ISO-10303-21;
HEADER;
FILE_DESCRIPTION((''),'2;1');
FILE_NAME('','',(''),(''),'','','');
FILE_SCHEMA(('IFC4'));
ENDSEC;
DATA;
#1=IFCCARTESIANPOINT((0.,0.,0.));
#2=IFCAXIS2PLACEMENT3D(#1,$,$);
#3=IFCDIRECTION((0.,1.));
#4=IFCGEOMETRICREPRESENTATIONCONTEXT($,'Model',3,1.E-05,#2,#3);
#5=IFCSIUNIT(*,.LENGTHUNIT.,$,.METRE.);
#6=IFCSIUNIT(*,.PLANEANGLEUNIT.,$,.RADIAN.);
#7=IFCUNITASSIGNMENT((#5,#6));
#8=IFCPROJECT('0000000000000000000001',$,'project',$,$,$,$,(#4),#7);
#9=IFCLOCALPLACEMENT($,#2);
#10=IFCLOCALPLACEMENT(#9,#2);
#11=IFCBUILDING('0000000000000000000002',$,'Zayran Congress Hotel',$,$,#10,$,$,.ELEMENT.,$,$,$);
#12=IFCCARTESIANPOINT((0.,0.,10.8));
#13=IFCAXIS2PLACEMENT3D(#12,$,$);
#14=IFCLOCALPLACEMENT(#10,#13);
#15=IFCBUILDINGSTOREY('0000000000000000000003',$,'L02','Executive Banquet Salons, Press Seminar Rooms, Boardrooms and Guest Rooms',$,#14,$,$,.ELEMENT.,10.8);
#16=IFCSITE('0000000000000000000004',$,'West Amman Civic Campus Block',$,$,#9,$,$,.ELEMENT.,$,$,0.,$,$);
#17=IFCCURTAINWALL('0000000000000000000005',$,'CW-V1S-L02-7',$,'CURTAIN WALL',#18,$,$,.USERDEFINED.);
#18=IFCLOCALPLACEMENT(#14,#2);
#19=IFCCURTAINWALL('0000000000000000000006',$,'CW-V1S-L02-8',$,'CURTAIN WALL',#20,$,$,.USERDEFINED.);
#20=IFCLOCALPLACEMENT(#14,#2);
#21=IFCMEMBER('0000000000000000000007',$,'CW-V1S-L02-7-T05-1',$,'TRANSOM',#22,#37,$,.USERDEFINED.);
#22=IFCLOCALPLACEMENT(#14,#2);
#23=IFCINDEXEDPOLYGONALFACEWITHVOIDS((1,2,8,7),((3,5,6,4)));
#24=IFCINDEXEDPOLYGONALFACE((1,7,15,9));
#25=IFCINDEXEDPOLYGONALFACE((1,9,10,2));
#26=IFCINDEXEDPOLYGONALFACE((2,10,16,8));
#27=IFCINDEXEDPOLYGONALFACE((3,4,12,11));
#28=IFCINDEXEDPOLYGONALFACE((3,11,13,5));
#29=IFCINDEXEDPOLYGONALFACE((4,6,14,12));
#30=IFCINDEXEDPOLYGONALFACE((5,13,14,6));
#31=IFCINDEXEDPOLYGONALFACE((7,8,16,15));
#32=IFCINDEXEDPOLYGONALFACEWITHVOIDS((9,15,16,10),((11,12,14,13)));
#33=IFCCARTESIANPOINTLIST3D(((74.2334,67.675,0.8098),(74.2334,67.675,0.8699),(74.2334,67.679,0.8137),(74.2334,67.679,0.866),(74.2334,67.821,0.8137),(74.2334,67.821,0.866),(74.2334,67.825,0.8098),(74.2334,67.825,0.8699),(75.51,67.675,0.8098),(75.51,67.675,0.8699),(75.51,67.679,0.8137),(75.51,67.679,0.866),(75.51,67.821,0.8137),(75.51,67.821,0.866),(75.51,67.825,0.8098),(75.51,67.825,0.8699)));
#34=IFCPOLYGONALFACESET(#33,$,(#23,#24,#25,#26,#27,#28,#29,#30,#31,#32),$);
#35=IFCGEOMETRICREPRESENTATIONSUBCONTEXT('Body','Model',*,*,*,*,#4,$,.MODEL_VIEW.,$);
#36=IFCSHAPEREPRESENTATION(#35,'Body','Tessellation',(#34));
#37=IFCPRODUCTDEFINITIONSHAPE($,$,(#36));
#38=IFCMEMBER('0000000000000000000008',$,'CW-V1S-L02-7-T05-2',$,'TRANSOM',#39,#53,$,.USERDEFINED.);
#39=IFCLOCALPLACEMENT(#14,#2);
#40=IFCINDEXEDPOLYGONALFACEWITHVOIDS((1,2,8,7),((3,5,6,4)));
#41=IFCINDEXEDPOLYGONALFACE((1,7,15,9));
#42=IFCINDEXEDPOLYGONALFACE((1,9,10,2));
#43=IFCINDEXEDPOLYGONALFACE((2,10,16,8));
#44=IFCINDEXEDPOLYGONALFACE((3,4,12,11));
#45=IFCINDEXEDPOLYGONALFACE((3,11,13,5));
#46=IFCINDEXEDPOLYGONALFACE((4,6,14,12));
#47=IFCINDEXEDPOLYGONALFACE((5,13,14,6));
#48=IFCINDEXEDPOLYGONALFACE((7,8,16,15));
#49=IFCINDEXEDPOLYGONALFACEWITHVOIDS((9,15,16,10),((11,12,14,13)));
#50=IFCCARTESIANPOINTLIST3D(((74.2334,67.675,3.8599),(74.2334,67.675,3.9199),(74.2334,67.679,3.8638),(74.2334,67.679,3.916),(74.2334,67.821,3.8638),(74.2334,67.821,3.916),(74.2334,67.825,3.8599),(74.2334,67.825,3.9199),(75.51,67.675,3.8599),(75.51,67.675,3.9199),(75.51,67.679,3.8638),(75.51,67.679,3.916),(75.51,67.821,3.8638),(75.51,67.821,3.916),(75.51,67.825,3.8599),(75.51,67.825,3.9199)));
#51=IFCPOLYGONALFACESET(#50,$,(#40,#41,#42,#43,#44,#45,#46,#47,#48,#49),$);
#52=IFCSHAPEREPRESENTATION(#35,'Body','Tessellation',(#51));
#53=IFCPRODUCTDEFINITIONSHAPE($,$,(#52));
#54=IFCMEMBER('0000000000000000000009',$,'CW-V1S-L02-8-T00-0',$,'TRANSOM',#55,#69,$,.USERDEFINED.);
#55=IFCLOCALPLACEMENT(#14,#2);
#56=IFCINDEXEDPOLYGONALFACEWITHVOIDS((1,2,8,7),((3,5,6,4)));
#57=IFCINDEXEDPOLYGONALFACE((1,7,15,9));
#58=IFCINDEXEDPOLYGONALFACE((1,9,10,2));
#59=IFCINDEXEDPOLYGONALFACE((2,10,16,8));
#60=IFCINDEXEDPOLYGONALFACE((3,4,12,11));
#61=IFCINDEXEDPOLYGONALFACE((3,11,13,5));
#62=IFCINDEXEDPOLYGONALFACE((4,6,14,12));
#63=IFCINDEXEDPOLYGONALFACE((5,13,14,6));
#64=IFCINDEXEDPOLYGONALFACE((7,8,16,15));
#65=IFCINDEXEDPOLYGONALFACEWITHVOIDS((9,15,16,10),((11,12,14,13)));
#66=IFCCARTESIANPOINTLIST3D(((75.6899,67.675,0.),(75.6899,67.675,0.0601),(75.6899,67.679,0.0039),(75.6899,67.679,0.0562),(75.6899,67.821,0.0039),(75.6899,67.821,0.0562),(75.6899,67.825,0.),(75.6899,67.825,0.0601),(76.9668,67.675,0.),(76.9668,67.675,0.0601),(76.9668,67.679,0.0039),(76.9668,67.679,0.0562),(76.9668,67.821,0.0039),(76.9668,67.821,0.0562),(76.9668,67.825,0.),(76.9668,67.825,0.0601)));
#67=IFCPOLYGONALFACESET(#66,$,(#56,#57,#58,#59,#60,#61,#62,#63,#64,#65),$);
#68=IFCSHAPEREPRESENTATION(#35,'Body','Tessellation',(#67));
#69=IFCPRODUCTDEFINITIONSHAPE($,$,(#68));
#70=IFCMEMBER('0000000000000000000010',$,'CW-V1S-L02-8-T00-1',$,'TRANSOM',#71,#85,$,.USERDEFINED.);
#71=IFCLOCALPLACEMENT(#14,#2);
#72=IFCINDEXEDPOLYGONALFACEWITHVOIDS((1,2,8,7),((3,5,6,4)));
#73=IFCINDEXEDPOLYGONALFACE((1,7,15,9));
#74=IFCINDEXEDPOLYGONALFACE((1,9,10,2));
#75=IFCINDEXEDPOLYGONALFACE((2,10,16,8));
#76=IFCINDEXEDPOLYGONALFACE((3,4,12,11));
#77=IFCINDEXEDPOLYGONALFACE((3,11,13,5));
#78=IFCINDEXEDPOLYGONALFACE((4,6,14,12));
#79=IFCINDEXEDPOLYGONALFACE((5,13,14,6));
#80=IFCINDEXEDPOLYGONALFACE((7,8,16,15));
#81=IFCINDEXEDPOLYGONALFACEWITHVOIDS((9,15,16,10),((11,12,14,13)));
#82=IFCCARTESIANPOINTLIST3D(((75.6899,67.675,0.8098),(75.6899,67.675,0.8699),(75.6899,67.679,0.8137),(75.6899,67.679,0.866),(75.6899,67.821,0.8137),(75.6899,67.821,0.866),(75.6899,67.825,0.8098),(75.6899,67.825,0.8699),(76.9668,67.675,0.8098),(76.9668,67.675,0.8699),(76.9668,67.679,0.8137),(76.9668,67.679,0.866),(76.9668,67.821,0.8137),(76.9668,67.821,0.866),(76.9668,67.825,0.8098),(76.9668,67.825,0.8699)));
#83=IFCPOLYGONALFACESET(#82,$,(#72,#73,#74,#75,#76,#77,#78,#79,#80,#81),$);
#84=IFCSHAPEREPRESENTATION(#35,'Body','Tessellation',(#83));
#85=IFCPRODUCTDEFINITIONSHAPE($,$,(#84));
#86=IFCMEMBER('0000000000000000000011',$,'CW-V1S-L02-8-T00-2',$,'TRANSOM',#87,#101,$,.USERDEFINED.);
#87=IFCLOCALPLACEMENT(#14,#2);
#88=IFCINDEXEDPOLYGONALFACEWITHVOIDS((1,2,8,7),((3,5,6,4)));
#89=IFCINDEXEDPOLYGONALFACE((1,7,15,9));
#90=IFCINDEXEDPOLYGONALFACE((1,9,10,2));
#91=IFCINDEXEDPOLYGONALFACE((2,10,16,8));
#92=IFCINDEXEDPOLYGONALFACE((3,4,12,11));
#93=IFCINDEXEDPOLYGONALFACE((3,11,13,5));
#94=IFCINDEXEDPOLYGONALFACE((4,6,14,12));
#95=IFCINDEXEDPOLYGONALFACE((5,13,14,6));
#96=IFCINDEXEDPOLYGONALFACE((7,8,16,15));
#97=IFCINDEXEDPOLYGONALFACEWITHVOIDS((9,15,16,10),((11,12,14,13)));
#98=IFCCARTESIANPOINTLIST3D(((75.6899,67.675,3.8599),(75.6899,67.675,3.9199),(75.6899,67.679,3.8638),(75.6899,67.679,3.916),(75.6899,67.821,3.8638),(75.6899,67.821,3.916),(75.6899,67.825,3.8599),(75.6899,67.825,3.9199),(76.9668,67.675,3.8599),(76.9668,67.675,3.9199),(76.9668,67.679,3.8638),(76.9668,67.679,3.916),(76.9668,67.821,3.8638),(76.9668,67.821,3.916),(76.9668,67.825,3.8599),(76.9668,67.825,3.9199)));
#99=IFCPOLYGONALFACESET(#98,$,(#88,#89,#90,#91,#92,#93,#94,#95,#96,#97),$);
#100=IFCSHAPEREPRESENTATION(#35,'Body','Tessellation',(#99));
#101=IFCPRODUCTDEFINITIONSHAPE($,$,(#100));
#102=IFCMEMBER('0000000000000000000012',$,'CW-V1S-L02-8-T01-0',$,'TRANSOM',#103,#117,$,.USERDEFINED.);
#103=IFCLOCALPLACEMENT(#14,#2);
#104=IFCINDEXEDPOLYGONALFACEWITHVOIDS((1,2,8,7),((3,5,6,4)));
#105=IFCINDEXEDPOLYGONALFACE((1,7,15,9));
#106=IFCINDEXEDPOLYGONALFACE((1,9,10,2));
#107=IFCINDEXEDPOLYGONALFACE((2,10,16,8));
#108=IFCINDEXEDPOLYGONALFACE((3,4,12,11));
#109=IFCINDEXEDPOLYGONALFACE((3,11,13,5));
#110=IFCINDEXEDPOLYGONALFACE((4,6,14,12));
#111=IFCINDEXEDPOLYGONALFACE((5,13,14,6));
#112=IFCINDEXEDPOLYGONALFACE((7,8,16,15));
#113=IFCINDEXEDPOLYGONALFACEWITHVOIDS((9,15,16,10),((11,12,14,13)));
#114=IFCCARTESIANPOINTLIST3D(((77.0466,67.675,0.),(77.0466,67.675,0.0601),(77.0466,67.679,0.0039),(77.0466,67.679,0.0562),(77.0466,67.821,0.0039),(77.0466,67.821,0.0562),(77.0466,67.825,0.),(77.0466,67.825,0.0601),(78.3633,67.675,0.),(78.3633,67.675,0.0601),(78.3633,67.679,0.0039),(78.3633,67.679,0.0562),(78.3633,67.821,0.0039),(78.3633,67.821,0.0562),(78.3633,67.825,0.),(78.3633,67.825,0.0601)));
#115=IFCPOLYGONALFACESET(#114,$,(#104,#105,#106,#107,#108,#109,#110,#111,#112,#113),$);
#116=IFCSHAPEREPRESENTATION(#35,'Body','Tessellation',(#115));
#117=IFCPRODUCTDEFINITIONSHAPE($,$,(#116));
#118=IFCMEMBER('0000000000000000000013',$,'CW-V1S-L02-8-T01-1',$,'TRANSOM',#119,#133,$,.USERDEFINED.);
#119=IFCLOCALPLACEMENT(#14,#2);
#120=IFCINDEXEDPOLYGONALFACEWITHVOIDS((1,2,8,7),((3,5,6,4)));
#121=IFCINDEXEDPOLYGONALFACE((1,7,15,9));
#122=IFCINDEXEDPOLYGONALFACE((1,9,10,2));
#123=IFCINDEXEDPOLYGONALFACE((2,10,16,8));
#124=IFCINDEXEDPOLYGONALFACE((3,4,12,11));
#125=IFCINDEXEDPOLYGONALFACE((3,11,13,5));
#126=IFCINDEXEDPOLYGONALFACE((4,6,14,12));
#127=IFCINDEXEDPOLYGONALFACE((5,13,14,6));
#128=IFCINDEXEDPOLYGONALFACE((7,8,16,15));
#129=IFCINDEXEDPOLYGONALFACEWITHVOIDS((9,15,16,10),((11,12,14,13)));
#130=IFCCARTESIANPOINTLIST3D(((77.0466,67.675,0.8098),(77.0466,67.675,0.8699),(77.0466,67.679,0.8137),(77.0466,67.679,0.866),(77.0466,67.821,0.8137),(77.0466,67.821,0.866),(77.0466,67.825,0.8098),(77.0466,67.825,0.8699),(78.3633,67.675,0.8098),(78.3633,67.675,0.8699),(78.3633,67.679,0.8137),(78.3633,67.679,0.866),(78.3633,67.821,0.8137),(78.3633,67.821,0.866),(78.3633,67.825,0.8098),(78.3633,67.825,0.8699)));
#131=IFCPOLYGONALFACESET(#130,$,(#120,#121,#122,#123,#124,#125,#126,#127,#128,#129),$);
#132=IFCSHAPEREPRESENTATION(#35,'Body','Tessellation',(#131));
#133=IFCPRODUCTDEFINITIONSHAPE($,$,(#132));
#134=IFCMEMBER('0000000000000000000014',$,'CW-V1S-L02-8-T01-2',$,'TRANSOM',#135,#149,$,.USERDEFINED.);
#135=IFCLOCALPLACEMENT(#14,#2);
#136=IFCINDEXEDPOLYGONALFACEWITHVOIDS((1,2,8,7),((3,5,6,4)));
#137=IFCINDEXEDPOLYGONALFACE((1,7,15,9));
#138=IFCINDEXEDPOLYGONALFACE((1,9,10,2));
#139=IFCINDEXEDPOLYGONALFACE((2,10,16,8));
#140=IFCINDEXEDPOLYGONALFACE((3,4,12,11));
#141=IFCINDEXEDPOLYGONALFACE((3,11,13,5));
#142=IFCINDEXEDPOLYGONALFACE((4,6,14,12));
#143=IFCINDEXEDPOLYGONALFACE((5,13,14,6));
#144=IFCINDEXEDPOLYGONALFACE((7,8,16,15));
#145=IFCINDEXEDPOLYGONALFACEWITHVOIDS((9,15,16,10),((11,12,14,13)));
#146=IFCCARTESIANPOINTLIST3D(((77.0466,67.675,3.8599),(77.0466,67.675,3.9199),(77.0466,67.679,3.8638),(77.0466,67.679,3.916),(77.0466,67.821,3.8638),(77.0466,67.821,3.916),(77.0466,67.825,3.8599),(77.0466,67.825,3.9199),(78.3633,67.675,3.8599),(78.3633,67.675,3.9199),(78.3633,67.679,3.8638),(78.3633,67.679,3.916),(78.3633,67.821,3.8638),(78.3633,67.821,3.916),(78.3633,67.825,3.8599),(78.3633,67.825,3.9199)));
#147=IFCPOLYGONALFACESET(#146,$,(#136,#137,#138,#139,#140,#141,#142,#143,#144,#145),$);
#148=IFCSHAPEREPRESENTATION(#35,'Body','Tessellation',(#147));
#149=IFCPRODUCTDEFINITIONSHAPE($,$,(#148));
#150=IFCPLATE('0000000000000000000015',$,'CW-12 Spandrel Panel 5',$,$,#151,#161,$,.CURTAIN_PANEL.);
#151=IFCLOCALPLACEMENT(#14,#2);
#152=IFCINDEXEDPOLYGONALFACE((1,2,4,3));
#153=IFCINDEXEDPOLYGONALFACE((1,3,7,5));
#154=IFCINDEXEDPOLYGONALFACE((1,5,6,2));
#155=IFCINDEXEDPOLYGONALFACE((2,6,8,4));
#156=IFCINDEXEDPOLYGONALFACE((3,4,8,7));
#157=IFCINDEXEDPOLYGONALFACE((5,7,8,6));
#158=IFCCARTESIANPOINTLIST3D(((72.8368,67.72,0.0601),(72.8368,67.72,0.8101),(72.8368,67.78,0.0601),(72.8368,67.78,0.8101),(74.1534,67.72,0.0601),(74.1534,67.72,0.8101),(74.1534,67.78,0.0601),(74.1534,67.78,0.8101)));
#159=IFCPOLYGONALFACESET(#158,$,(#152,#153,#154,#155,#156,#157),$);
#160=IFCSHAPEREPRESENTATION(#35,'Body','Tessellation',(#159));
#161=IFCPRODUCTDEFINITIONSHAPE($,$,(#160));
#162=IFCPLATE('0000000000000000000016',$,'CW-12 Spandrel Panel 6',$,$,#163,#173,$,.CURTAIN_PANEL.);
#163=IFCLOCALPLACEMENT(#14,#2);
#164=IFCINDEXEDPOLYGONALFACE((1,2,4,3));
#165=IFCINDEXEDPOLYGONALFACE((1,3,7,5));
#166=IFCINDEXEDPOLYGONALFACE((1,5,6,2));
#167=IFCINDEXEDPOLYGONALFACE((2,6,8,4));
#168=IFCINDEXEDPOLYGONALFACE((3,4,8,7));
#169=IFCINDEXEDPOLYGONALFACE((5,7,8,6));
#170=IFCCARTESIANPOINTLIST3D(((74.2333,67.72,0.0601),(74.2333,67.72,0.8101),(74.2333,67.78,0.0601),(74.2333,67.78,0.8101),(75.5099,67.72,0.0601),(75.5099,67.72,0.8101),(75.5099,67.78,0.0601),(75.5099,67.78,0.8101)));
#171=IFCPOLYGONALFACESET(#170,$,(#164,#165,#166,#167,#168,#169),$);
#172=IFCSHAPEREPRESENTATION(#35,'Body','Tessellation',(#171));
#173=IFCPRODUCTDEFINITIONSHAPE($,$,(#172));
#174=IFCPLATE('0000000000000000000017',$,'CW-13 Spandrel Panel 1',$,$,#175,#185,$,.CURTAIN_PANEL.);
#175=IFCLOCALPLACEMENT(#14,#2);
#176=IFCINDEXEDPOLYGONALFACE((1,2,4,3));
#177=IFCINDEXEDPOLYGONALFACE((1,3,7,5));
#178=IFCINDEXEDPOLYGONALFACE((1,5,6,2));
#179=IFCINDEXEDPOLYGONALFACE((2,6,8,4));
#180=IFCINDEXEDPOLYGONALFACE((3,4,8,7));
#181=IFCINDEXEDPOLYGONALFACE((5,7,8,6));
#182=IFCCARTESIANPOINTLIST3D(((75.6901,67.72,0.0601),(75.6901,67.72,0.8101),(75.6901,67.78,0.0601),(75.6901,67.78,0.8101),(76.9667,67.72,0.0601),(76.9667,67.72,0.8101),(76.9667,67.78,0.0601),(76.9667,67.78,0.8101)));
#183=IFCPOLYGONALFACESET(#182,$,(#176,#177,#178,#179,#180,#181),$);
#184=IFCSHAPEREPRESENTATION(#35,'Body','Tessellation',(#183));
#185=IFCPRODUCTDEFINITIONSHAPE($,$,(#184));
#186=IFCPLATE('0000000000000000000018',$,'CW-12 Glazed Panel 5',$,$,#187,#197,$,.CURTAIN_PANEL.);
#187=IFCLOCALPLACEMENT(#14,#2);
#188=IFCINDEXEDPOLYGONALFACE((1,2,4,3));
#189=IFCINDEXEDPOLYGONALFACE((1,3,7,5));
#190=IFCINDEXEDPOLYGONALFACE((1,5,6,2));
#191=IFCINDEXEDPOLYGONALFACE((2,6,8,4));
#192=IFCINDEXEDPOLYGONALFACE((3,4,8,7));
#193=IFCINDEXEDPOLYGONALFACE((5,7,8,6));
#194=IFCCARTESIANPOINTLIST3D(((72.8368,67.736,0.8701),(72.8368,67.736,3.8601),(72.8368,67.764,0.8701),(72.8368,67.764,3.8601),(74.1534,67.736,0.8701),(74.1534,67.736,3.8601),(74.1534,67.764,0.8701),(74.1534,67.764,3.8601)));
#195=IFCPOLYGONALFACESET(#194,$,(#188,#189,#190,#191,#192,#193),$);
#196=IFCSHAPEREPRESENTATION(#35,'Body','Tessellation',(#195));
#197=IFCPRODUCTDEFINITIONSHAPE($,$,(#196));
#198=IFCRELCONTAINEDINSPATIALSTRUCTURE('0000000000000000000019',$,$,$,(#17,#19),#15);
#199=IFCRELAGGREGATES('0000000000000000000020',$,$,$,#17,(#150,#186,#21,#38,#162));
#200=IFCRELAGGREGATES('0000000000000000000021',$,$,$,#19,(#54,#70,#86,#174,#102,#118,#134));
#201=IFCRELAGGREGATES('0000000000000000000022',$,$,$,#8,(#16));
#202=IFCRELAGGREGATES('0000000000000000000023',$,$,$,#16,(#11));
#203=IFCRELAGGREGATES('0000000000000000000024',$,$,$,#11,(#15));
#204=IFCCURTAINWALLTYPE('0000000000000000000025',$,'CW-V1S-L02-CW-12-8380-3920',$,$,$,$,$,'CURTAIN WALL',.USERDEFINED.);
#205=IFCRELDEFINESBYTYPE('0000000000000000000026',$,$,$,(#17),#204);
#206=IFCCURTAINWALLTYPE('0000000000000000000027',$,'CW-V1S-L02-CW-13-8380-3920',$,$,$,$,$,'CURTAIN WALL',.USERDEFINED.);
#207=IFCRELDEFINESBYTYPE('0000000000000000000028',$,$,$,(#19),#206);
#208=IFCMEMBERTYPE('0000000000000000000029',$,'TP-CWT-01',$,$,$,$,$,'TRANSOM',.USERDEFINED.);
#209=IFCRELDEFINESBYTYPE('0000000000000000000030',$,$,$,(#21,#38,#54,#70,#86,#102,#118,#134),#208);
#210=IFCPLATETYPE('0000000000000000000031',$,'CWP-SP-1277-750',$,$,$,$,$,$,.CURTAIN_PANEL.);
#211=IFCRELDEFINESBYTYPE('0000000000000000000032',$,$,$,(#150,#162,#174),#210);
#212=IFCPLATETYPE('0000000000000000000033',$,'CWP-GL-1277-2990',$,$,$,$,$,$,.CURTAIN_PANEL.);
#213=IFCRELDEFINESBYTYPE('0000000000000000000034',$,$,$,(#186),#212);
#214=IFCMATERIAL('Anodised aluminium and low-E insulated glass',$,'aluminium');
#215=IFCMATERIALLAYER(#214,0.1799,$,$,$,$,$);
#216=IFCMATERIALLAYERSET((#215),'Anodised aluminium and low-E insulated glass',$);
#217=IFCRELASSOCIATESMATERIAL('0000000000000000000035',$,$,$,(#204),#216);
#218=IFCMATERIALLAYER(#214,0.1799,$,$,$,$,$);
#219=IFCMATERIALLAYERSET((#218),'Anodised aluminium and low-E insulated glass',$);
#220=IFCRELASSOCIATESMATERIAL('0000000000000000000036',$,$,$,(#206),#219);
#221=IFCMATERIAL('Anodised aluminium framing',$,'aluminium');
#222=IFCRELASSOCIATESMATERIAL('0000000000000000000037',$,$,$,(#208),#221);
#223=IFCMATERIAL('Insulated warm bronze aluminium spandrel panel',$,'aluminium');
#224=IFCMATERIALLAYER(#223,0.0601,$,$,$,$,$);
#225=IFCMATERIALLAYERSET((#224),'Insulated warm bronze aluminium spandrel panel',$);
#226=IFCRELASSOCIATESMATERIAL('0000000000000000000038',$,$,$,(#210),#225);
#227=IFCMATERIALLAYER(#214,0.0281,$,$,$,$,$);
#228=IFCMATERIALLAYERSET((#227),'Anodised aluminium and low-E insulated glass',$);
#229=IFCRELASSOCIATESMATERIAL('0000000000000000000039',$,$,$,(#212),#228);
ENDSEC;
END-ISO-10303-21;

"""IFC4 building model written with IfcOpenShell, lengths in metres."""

from ifc_helpers import new_model, si_unit, direction, frame, origin, origin_2d, place, context, subcontext, project, spatial, rectangle, hollow_rectangle, extrude, material, layer, layer_set, material_profile, profile_set, type_object, element, aggregate, save


model = new_model("IFC4")

# Units and contexts
model_context = context("Model", 3, precision=1e-05, world=origin(), true_north=direction((0.0, 1.0)))
body_context = subcontext(model_context, "Body", "Model", "MODEL_VIEW")
ifc_project = project(units=[si_unit("LENGTHUNIT", "METRE"), si_unit("PLANEANGLEUNIT", "RADIAN")], contexts=[model_context])

# Site, building, storey
site_placement = place(None, origin())
site = spatial("IfcSite", under=ifc_project, at=site_placement, Name="West Amman Civic Campus Block", CompositionType="ELEMENT", RefElevation=0.0)
building_placement = place(site_placement, origin())
building = spatial("IfcBuilding", under=site, at=building_placement, Name="Zayran Congress Hotel", CompositionType="ELEMENT")
storey_placement = place(building_placement, frame((0.0, 0.0, 10.8)))
storey = spatial("IfcBuildingStorey", under=building, at=storey_placement, Name="L02", Description="Executive Banquet Salons, Press Seminar Rooms, Boardrooms and Guest Rooms", CompositionType="ELEMENT", Elevation=10.8)

# Curtain walls
ifc_material_1 = material(Name="Anodised aluminium and low-E insulated glass", Category="aluminium")
ifc_layer_1 = layer(ifc_material_1, 0.1799)
ifc_layer_set_1 = layer_set([ifc_layer_1], Name="Anodised aluminium and low-E insulated glass")
curtain_wall_type_1 = type_object("IfcCurtainWallType", Name="CW-V1S-L02-CW-12-8380-3920", ElementType="CURTAIN WALL", PredefinedType="USERDEFINED", material=ifc_layer_set_1)
curtain_wall_1_placement = place(storey_placement, origin())
curtain_wall_1 = element("IfcCurtainWall", 1, at=curtain_wall_1_placement, inside=storey, type_object=curtain_wall_type_1, Name="CW-V1S-L02-7", ObjectType="CURTAIN WALL", PredefinedType="USERDEFINED")
ifc_material_2 = material(Name="Anodised aluminium framing", Category="aluminium")
ifc_layer_2 = layer(ifc_material_1, 0.1799)
ifc_layer_set_2 = layer_set([ifc_layer_2], Name="Anodised aluminium and low-E insulated glass")
curtain_wall_type_2 = type_object("IfcCurtainWallType", Name="CW-V1S-L02-CW-13-8380-3920", ElementType="CURTAIN WALL", PredefinedType="USERDEFINED", material=ifc_layer_set_2)
curtain_wall_2_placement = place(storey_placement, origin())
curtain_wall_2 = element("IfcCurtainWall", 2, at=curtain_wall_2_placement, inside=storey, type_object=curtain_wall_type_2, Name="CW-V1S-L02-8", ObjectType="CURTAIN WALL", PredefinedType="USERDEFINED")

# Members
ifc_material_profile_1 = material_profile(ifc_material_2, hollow_rectangle(XDim=0.0601, YDim=0.1499, WallThickness=0.0039, at=origin_2d()), Name="RHS 150x60x4")
ifc_profile_set_1 = profile_set([ifc_material_profile_1], Name="Anodised aluminium framing")
member_type_1 = type_object("IfcMemberType", Name="TP-CWT-01", ElementType="TRANSOM", PredefinedType="USERDEFINED", material=ifc_profile_set_1)
member_1_placement = place(storey_placement, frame((74.2334, 67.75, 0.8398), z_axis=(1.0, 0.0, 0.0), x_axis=(0.0, 0.0, 1.0)))
member_1 = element("IfcMember", 3, at=member_1_placement, type_object=member_type_1, Name="CW-V1S-L02-7-T05-1", ObjectType="TRANSOM", PredefinedType="USERDEFINED", context=body_context, shape_type="SweptSolid", body=[
    extrude(hollow_rectangle(XDim=0.0601, YDim=0.1499, WallThickness=0.0039, at=origin_2d()), origin(), (0.0, 0.0, 1.0), 1.2766),
])
member_2_placement = place(storey_placement, frame((74.2334, 67.75, 3.8899), z_axis=(1.0, 0.0, 0.0), x_axis=(0.0, 0.0, 1.0)))
member_2 = element("IfcMember", 4, at=member_2_placement, type_object=member_type_1, Name="CW-V1S-L02-7-T05-2", ObjectType="TRANSOM", PredefinedType="USERDEFINED", context=body_context, shape_type="SweptSolid", body=[
    extrude(hollow_rectangle(XDim=0.0601, YDim=0.1499, WallThickness=0.0039, at=origin_2d()), origin(), (0.0, 0.0, 1.0), 1.2766),
])
member_3_placement = place(storey_placement, frame((75.6899, 67.75, 0.03), z_axis=(1.0, 0.0, 0.0), x_axis=(0.0, 0.0, 1.0)))
member_3 = element("IfcMember", 5, at=member_3_placement, type_object=member_type_1, Name="CW-V1S-L02-8-T00-0", ObjectType="TRANSOM", PredefinedType="USERDEFINED", context=body_context, shape_type="SweptSolid", body=[
    extrude(hollow_rectangle(XDim=0.0601, YDim=0.1499, WallThickness=0.0039, at=origin_2d()), origin(), (0.0, 0.0, 1.0), 1.2769),
])
member_4_placement = place(storey_placement, frame((75.6899, 67.75, 0.8398), z_axis=(1.0, 0.0, 0.0), x_axis=(0.0, 0.0, 1.0)))
member_4 = element("IfcMember", 6, at=member_4_placement, type_object=member_type_1, Name="CW-V1S-L02-8-T00-1", ObjectType="TRANSOM", PredefinedType="USERDEFINED", context=body_context, shape_type="SweptSolid", body=[
    extrude(hollow_rectangle(XDim=0.0601, YDim=0.1499, WallThickness=0.0039, at=origin_2d()), origin(), (0.0, 0.0, 1.0), 1.2769),
])
member_5_placement = place(storey_placement, frame((75.6899, 67.75, 3.8899), z_axis=(1.0, 0.0, 0.0), x_axis=(0.0, 0.0, 1.0)))
member_5 = element("IfcMember", 7, at=member_5_placement, type_object=member_type_1, Name="CW-V1S-L02-8-T00-2", ObjectType="TRANSOM", PredefinedType="USERDEFINED", context=body_context, shape_type="SweptSolid", body=[
    extrude(hollow_rectangle(XDim=0.0601, YDim=0.1499, WallThickness=0.0039, at=origin_2d()), origin(), (0.0, 0.0, 1.0), 1.2769),
])
member_6_placement = place(storey_placement, frame((77.0466, 67.75, 0.03), z_axis=(1.0, 0.0, 0.0), x_axis=(0.0, 0.0, 1.0)))
member_6 = element("IfcMember", 8, at=member_6_placement, type_object=member_type_1, Name="CW-V1S-L02-8-T01-0", ObjectType="TRANSOM", PredefinedType="USERDEFINED", context=body_context, shape_type="SweptSolid", body=[
    extrude(hollow_rectangle(XDim=0.0601, YDim=0.1499, WallThickness=0.0039, at=origin_2d()), origin(), (0.0, 0.0, 1.0), 1.3167),
])
member_7_placement = place(storey_placement, frame((77.0466, 67.75, 0.8398), z_axis=(1.0, 0.0, 0.0), x_axis=(0.0, 0.0, 1.0)))
member_7 = element("IfcMember", 9, at=member_7_placement, type_object=member_type_1, Name="CW-V1S-L02-8-T01-1", ObjectType="TRANSOM", PredefinedType="USERDEFINED", context=body_context, shape_type="SweptSolid", body=[
    extrude(hollow_rectangle(XDim=0.0601, YDim=0.1499, WallThickness=0.0039, at=origin_2d()), origin(), (0.0, 0.0, 1.0), 1.3167),
])
member_8_placement = place(storey_placement, frame((77.0466, 67.75, 3.8899), z_axis=(1.0, 0.0, 0.0), x_axis=(0.0, 0.0, 1.0)))
member_8 = element("IfcMember", 10, at=member_8_placement, type_object=member_type_1, Name="CW-V1S-L02-8-T01-2", ObjectType="TRANSOM", PredefinedType="USERDEFINED", context=body_context, shape_type="SweptSolid", body=[
    extrude(hollow_rectangle(XDim=0.0601, YDim=0.1499, WallThickness=0.0039, at=origin_2d()), origin(), (0.0, 0.0, 1.0), 1.3167),
])

# Plates
ifc_material_3 = material(Name="Insulated warm bronze aluminium spandrel panel", Category="aluminium")
ifc_layer_3 = layer(ifc_material_3, 0.0601)
ifc_layer_set_3 = layer_set([ifc_layer_3], Name="Insulated warm bronze aluminium spandrel panel")
plate_type_1 = type_object("IfcPlateType", Name="CWP-SP-1277-750", PredefinedType="CURTAIN_PANEL", material=ifc_layer_set_3)
plate_1_placement = place(storey_placement, frame((73.4951, 67.75, 0.0601), z_axis=(0.0, 0.0, 1.0), x_axis=(1.0, 0.0, 0.0)))
plate_1 = element("IfcPlate", 11, at=plate_1_placement, type_object=plate_type_1, Name="CW-12 Spandrel Panel 5", PredefinedType="CURTAIN_PANEL", context=body_context, shape_type="SweptSolid", body=[
    extrude(rectangle(XDim=1.3167, YDim=0.0601, at=origin_2d()), origin(), (0.0, 0.0, 1.0), 0.75),
])
plate_2_placement = place(storey_placement, frame((74.8716, 67.75, 0.0601), z_axis=(0.0, 0.0, 1.0), x_axis=(1.0, 0.0, 0.0)))
plate_2 = element("IfcPlate", 12, at=plate_2_placement, type_object=plate_type_1, Name="CW-12 Spandrel Panel 6", PredefinedType="CURTAIN_PANEL", context=body_context, shape_type="SweptSolid", body=[
    extrude(rectangle(XDim=1.2766, YDim=0.0601, at=origin_2d()), origin(), (0.0, 0.0, 1.0), 0.75),
])
plate_3_placement = place(storey_placement, frame((76.3284, 67.75, 0.0601), z_axis=(0.0, 0.0, 1.0), x_axis=(1.0, 0.0, 0.0)))
plate_3 = element("IfcPlate", 13, at=plate_3_placement, type_object=plate_type_1, Name="CW-13 Spandrel Panel 1", PredefinedType="CURTAIN_PANEL", context=body_context, shape_type="SweptSolid", body=[
    extrude(rectangle(XDim=1.2766, YDim=0.0601, at=origin_2d()), origin(), (0.0, 0.0, 1.0), 0.75),
])
ifc_layer_4 = layer(ifc_material_1, 0.0281)
ifc_layer_set_4 = layer_set([ifc_layer_4], Name="Anodised aluminium and low-E insulated glass")
plate_type_2 = type_object("IfcPlateType", Name="CWP-GL-1277-2990", PredefinedType="CURTAIN_PANEL", material=ifc_layer_set_4)
plate_4_placement = place(storey_placement, frame((73.4951, 67.75, 0.8701), z_axis=(0.0, 0.0, 1.0), x_axis=(1.0, 0.0, 0.0)))
plate_4 = element("IfcPlate", 14, at=plate_4_placement, type_object=plate_type_2, Name="CW-12 Glazed Panel 5", PredefinedType="CURTAIN_PANEL", context=body_context, shape_type="SweptSolid", body=[
    extrude(rectangle(XDim=1.3167, YDim=0.0281, at=origin_2d()), origin(), (0.0, 0.0, 1.0), 2.99),
])
aggregate(curtain_wall_1, [plate_1, plate_4, member_1, member_2, plate_2])
aggregate(curtain_wall_2, [member_3, member_4, member_5, plate_3, member_6, member_7, member_8])

save(model, "model.ifc")
